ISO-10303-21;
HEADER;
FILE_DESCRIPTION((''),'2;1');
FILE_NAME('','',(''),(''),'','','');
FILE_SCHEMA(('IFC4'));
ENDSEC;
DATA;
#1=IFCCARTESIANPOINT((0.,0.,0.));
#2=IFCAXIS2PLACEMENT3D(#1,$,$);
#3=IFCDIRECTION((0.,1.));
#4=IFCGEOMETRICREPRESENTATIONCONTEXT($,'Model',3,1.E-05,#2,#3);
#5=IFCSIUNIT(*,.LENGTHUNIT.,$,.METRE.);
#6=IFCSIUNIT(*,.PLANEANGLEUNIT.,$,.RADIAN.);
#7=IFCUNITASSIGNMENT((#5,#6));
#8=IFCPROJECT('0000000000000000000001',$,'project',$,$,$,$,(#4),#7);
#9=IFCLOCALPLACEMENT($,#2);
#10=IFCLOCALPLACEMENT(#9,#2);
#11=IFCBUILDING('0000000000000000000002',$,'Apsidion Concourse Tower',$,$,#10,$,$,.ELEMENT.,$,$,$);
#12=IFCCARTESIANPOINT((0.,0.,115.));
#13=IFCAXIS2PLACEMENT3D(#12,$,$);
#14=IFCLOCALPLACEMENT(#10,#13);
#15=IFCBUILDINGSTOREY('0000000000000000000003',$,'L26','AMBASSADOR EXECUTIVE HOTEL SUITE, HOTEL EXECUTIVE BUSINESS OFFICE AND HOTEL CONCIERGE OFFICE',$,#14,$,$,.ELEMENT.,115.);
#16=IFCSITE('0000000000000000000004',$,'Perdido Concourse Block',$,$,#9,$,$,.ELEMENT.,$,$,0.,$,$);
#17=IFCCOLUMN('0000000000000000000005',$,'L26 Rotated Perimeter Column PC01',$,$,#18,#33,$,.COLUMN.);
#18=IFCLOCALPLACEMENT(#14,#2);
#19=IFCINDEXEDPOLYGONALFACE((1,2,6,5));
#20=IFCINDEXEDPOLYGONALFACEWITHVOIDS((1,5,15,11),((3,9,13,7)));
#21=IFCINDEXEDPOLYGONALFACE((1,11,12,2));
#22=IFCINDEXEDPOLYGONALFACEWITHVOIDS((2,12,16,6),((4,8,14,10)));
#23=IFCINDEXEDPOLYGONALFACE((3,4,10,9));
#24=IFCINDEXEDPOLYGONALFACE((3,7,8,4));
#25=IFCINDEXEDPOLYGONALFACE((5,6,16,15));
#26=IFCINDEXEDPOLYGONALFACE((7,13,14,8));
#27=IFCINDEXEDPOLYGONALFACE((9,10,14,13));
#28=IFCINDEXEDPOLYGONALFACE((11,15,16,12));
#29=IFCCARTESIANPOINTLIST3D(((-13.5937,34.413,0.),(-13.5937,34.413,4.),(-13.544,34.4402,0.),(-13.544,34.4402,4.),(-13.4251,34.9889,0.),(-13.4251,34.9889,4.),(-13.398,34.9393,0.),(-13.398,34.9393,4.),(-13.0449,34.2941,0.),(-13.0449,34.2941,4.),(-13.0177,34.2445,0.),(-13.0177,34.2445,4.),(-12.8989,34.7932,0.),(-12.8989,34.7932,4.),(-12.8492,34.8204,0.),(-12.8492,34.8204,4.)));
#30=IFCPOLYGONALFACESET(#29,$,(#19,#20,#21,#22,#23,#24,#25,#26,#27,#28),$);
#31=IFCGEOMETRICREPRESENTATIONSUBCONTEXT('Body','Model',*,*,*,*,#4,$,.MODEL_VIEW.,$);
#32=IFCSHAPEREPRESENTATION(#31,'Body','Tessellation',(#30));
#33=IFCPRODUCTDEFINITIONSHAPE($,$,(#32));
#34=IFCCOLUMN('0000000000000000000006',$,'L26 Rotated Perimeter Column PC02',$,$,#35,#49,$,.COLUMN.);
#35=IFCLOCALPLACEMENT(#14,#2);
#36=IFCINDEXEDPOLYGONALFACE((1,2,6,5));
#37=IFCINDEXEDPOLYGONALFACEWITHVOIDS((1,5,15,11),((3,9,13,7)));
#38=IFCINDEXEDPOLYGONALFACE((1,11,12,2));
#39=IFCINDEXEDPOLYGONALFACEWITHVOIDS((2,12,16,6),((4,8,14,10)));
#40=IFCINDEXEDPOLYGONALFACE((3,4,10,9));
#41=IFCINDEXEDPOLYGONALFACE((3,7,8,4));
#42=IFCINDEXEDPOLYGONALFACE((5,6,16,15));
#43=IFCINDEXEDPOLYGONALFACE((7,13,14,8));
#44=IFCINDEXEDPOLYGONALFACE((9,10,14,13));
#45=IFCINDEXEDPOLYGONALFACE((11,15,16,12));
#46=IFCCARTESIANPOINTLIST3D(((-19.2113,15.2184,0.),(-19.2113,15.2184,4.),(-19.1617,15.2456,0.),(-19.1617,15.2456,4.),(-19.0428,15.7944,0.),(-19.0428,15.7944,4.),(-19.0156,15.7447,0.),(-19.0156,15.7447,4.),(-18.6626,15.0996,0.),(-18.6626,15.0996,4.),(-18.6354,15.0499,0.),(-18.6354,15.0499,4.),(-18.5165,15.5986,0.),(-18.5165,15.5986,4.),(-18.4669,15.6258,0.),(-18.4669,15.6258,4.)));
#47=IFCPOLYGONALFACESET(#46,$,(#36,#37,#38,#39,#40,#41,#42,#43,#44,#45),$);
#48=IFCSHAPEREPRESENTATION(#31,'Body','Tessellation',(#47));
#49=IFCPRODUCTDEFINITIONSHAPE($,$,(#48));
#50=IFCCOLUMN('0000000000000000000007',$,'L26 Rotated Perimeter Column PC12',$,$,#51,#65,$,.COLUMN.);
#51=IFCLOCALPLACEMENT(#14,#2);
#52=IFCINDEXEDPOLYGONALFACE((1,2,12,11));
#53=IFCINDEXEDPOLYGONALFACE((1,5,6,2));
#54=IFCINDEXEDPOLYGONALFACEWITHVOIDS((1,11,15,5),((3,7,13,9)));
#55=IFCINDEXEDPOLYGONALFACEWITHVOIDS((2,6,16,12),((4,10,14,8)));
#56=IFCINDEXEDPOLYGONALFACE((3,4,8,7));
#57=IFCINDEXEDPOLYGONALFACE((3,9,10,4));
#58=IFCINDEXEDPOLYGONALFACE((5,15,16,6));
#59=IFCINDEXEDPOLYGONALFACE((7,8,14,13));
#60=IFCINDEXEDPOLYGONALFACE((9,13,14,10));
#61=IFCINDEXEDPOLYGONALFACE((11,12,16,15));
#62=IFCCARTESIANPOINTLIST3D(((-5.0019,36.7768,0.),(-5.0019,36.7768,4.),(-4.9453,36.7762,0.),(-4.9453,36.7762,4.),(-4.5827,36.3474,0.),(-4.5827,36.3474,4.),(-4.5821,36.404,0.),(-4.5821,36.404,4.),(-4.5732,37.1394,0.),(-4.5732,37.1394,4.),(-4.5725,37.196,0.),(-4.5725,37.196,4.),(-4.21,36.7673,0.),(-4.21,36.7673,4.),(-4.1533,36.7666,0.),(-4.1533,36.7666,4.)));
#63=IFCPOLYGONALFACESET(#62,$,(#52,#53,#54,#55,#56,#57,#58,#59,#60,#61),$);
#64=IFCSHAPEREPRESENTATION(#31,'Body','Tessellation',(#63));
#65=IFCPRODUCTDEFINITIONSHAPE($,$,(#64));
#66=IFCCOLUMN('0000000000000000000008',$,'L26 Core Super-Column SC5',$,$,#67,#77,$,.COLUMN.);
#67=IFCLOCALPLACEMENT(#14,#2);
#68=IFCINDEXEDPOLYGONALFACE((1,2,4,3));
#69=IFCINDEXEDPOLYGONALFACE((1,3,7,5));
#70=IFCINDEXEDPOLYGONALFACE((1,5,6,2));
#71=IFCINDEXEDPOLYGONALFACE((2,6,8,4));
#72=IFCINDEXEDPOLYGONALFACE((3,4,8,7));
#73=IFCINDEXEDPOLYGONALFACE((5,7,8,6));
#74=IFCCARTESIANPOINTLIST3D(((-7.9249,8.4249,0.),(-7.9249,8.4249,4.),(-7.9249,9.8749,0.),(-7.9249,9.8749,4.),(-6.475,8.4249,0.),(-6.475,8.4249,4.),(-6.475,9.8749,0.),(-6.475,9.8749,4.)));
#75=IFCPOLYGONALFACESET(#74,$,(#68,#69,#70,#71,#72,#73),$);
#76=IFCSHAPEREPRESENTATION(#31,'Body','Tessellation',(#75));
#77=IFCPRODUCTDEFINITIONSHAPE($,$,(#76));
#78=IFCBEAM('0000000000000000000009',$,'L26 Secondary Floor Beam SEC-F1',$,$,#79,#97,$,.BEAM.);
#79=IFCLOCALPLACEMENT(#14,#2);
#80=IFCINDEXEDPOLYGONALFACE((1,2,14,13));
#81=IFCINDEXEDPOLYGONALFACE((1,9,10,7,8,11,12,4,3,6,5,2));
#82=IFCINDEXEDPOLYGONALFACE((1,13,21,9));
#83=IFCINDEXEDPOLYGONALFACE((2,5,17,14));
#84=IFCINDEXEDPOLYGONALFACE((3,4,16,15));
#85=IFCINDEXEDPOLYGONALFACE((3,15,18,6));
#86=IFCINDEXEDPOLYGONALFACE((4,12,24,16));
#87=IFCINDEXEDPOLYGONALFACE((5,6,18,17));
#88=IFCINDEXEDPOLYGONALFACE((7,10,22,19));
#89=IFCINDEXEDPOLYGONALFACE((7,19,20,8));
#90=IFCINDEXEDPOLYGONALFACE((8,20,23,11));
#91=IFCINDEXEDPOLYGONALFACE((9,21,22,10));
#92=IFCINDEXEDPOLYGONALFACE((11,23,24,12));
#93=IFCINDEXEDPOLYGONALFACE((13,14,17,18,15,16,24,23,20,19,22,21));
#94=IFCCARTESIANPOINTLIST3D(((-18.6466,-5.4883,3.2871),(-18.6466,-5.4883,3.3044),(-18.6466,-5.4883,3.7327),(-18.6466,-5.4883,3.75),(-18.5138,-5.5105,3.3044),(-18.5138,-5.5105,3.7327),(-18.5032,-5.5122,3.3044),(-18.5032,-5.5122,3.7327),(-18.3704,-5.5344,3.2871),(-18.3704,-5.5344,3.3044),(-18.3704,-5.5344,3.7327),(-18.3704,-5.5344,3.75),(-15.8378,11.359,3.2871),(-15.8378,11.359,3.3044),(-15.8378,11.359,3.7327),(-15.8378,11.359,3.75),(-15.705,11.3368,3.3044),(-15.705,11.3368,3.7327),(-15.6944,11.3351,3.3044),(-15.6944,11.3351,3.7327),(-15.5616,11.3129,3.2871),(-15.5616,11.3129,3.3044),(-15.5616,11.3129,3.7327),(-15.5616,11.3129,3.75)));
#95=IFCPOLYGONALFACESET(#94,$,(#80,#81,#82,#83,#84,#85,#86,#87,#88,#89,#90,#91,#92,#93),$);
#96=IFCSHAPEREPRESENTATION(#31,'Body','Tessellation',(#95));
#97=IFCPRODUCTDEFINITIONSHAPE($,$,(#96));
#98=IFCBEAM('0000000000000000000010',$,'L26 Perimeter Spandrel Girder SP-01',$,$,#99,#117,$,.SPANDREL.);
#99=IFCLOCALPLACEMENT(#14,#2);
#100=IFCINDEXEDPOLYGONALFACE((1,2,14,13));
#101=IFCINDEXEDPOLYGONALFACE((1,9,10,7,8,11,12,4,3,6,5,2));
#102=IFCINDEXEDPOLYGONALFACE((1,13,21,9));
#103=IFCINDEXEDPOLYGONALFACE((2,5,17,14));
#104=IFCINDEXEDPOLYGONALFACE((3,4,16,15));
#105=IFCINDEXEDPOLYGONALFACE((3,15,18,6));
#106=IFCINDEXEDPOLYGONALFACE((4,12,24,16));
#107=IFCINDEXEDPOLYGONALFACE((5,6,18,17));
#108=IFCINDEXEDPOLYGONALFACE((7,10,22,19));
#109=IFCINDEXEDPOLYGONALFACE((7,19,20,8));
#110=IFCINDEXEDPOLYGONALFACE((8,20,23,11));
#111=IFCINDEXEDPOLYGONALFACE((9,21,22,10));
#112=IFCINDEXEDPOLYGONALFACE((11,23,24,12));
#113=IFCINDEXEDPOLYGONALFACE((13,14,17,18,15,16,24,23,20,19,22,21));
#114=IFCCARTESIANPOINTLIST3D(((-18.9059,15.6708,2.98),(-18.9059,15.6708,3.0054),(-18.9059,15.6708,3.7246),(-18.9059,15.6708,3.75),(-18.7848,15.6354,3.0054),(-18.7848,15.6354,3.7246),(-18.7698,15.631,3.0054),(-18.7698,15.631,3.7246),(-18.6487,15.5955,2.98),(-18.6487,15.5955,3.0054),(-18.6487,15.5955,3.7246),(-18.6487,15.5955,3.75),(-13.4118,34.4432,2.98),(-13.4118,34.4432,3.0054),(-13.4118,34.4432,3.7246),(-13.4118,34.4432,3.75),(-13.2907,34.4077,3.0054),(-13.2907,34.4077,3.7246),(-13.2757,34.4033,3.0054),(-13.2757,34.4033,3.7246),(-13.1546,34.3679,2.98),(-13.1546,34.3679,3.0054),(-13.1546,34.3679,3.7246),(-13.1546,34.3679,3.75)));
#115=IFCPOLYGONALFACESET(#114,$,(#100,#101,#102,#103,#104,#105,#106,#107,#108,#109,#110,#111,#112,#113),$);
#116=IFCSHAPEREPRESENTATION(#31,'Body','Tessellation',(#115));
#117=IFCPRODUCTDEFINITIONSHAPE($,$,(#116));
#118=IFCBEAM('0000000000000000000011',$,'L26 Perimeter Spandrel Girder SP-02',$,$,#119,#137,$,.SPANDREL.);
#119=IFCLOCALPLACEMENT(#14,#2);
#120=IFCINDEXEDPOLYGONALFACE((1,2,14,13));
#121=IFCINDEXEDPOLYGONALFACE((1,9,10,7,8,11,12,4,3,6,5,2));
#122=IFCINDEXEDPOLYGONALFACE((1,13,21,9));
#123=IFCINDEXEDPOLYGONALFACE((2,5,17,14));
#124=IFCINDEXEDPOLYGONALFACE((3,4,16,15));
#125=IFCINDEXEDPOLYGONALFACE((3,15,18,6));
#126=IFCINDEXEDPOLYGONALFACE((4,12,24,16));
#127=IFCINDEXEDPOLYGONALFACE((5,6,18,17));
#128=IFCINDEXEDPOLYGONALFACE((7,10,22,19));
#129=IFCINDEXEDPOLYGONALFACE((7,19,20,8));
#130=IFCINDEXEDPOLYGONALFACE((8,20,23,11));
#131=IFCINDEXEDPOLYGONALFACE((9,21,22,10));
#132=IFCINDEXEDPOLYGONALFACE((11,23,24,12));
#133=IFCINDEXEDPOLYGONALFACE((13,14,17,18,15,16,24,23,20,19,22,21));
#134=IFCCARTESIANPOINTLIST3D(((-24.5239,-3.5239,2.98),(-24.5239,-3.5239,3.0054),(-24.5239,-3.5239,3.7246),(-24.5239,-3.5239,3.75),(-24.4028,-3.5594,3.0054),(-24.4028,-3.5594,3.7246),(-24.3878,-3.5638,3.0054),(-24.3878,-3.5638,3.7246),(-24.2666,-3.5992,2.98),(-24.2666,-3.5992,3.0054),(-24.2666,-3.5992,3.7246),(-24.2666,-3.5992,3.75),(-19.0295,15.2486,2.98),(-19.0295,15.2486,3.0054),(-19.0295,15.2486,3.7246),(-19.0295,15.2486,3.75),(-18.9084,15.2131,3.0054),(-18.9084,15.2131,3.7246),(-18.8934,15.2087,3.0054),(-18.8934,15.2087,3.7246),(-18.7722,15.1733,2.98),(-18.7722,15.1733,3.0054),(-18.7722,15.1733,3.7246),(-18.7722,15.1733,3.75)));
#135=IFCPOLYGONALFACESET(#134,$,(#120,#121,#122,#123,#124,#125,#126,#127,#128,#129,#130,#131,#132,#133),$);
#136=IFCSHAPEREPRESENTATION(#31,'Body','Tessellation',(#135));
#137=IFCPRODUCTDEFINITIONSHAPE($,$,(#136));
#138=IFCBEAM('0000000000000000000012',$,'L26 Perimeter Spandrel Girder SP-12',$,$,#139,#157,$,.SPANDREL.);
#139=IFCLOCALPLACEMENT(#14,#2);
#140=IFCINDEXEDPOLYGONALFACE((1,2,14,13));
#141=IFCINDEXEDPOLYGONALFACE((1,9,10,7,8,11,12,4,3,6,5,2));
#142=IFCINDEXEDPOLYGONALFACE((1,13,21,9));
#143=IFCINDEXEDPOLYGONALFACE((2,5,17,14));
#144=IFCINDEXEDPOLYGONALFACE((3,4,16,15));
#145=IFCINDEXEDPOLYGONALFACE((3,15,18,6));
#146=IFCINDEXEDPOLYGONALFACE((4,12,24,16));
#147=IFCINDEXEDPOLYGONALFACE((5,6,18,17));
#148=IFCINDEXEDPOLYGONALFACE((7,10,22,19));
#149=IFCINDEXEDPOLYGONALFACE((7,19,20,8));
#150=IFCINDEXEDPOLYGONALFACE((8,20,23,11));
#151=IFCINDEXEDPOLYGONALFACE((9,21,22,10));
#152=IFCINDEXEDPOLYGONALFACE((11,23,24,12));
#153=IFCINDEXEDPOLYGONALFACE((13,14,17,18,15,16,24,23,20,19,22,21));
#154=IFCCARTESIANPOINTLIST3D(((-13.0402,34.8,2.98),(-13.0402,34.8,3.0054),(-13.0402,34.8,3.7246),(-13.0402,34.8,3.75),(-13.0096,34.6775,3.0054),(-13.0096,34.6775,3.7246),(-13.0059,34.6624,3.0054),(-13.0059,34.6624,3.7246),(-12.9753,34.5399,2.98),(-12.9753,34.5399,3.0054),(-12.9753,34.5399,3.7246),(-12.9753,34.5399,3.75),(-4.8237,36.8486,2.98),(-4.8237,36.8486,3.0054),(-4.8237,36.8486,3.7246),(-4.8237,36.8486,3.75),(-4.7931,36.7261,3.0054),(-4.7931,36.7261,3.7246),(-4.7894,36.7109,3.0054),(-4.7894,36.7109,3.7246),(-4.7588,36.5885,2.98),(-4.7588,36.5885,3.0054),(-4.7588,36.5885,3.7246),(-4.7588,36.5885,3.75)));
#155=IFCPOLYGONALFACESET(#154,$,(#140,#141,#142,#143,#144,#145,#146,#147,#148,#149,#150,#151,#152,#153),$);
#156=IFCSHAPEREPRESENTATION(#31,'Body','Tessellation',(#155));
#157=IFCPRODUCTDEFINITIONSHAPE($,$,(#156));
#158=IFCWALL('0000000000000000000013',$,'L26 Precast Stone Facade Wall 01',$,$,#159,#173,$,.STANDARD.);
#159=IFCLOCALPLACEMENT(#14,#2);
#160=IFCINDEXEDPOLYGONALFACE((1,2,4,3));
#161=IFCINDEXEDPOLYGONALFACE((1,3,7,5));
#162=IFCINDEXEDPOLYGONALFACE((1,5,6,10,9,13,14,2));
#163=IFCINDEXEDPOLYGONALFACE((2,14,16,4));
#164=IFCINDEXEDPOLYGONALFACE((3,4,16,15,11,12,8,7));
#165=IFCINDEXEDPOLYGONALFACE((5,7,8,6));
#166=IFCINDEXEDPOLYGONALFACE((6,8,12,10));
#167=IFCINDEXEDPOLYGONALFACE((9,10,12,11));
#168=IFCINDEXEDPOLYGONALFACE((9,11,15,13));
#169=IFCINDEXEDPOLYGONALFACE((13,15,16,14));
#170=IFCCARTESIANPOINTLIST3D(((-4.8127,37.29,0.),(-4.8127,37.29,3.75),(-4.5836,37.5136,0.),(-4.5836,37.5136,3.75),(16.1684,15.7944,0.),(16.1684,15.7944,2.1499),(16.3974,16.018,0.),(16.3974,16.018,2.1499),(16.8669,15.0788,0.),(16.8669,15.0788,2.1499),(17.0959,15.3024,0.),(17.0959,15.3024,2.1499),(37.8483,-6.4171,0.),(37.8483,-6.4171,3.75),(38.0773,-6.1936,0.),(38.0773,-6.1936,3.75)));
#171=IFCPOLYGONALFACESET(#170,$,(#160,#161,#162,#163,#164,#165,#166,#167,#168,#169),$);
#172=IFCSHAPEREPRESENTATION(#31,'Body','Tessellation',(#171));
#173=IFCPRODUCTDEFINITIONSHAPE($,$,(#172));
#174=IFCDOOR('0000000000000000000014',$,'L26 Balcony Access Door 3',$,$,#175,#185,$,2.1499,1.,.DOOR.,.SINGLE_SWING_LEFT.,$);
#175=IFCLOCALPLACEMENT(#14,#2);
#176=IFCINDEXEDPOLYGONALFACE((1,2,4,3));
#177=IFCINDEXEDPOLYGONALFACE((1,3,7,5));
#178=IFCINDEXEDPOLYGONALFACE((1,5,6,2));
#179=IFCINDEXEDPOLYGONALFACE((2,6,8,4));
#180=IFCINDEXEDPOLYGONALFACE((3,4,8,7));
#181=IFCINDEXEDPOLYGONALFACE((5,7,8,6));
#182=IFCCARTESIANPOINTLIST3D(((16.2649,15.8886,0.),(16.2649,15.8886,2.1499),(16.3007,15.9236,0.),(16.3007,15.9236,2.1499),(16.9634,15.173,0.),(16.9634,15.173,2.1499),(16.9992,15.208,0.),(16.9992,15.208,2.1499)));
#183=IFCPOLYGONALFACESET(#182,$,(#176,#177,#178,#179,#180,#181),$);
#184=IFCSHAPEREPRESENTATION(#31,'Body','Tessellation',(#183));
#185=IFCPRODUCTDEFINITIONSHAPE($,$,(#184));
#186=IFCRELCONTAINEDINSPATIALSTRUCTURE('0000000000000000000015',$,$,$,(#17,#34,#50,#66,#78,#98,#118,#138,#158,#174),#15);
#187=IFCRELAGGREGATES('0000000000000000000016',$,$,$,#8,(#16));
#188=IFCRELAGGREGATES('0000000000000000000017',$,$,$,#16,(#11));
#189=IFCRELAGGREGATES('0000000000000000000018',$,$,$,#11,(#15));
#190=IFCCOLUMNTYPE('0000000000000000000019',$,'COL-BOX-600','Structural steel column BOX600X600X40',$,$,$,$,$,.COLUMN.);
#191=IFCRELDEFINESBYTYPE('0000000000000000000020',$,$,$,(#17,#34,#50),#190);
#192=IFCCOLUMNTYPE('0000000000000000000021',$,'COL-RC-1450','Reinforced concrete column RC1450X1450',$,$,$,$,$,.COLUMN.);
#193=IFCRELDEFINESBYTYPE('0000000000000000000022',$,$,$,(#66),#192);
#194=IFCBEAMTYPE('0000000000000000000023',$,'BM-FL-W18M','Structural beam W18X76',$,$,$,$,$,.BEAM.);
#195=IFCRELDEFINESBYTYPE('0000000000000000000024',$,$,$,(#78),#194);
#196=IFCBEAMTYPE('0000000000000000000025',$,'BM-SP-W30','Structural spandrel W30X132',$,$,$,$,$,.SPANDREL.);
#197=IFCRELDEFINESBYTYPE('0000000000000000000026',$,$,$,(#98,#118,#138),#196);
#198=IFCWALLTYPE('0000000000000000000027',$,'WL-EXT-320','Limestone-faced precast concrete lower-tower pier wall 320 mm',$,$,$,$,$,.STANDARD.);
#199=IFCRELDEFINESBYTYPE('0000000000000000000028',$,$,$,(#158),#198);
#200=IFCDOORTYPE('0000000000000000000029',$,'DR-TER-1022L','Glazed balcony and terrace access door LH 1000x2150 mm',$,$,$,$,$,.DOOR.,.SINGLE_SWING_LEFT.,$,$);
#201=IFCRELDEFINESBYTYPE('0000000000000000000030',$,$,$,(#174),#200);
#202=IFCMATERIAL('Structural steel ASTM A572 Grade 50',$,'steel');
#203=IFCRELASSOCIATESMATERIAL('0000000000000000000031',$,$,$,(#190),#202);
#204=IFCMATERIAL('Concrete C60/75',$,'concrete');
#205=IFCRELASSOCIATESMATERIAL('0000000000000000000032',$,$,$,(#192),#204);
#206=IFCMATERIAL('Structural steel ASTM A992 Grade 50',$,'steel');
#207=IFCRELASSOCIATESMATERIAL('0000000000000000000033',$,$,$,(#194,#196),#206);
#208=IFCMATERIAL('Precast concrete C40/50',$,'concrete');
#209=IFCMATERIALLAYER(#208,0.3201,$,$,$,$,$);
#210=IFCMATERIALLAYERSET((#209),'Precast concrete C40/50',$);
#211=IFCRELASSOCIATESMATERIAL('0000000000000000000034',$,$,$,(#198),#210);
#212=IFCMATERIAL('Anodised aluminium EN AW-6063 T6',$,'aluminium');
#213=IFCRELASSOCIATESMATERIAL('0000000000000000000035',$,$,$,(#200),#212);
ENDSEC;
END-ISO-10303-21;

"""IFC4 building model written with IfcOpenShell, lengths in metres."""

from ifc_helpers import new_model, si_unit, direction, frame, frame_2d, origin, origin_2d, place, context, subcontext, project, spatial, rectangle, hollow_rectangle, i_section, extrude, material, layer, layer_set, material_profile, profile_set, type_object, element, fill, save


model = new_model("IFC4")

# Units and contexts
model_context = context("Model", 3, precision=1e-05, world=origin(), true_north=direction((0.0, 1.0)))
body_context = subcontext(model_context, "Body", "Model", "MODEL_VIEW")
ifc_project = project(units=[si_unit("LENGTHUNIT", "METRE"), si_unit("PLANEANGLEUNIT", "RADIAN")], contexts=[model_context])

# Site, building, storey
site_placement = place(None, origin())
site = spatial("IfcSite", under=ifc_project, at=site_placement, Name="Perdido Concourse Block", CompositionType="ELEMENT", RefElevation=0.0)
building_placement = place(site_placement, origin())
building = spatial("IfcBuilding", under=site, at=building_placement, Name="Apsidion Concourse Tower", CompositionType="ELEMENT")
storey_placement = place(building_placement, frame((0.0, 0.0, 115.0)))
storey = spatial("IfcBuildingStorey", under=building, at=storey_placement, Name="L26", Description="AMBASSADOR EXECUTIVE HOTEL SUITE, HOTEL EXECUTIVE BUSINESS OFFICE AND HOTEL CONCIERGE OFFICE", CompositionType="ELEMENT", Elevation=115.0)

# Columns
ifc_material_1 = material(Name="Structural steel ASTM A572 Grade 50", Category="steel")
ifc_material_profile_1 = material_profile(ifc_material_1, hollow_rectangle(XDim=0.6001, YDim=0.6001, WallThickness=0.04, at=origin_2d()), Name="BOX600X600X40")
ifc_profile_set_1 = profile_set([ifc_material_profile_1], Name="Structural steel ASTM A572 Grade 50")
column_type_1 = type_object("IfcColumnType", Name="COL-BOX-600", Description="Structural steel column BOX600X600X40", PredefinedType="COLUMN", material=ifc_profile_set_1)
for number, where, z_axis, x_axis, name in (
    (1, (-13.2214, 34.6167, 0.0), (0.0, 0.0, 1.0), (0.280834, 0.959756, 0.0), "L26 Rotated Perimeter Column PC01"),
    (2, (-18.8391, 15.4221, 0.0), (0.0, 0.0, 1.0), (0.280834, 0.959756, 0.0), "L26 Rotated Perimeter Column PC02"),
    (3, (-4.5776, 36.7717, 0.0), (0.0, 0.0, 1.0), (-0.69854, 0.715571, 0.0), "L26 Rotated Perimeter Column PC12"),
):
    element("IfcColumn", number, at=place(storey_placement, frame(where, z_axis=z_axis, x_axis=x_axis)), inside=storey, type_object=column_type_1, Name=name, PredefinedType="COLUMN", context=body_context, shape_type="SweptSolid", body=[
        extrude(hollow_rectangle(XDim=0.6001, YDim=0.6001, WallThickness=0.04, at=origin_2d()), origin(), (0.0, 0.0, 1.0), 4.0),
    ])
ifc_material_2 = material(Name="Concrete C60/75", Category="concrete")
ifc_material_profile_2 = material_profile(ifc_material_2, rectangle(XDim=1.45, YDim=1.45, at=origin_2d()), Name="RC 1450x1450")
ifc_profile_set_2 = profile_set([ifc_material_profile_2], Name="Concrete C60/75")
column_type_2 = type_object("IfcColumnType", Name="COL-RC-1450", Description="Reinforced concrete column RC1450X1450", PredefinedType="COLUMN", material=ifc_profile_set_2)
column_placement = place(storey_placement, frame((-7.2, 9.1499, 0.0), z_axis=(0.0, 0.0, 1.0), x_axis=(1.0, 0.0, 0.0)))
element("IfcColumn", 4, at=column_placement, inside=storey, type_object=column_type_2, Name="L26 Core Super-Column SC5", PredefinedType="COLUMN", context=body_context, shape_type="SweptSolid", body=[
    extrude(rectangle(XDim=1.45, YDim=1.45, at=origin_2d()), origin(), (0.0, 0.0, 1.0), 4.0),
])

# Beams
ifc_material_3 = material(Name="Structural steel ASTM A992 Grade 50", Category="steel")
ifc_material_profile_3 = material_profile(ifc_material_3, i_section(OverallWidth=0.28, OverallDepth=0.4629, WebThickness=0.0107, FlangeThickness=0.0173, at=origin_2d()), Name="W18X76")
ifc_profile_set_3 = profile_set([ifc_material_profile_3], Name="Structural steel ASTM A992 Grade 50")
beam_type_1 = type_object("IfcBeamType", Name="BM-FL-W18M", Description="Structural beam W18X76", PredefinedType="BEAM", material=ifc_profile_set_3)
beam_1_placement = place(storey_placement, frame((-15.6997, 11.3359, 3.5186), z_axis=(-0.164452, -0.986385, 0.0), x_axis=(0.986385, -0.164452, 0.0)))
element("IfcBeam", 5, at=beam_1_placement, inside=storey, type_object=beam_type_1, Name="L26 Secondary Floor Beam SEC-F1", PredefinedType="BEAM", context=body_context, shape_type="SweptSolid", body=[
    extrude(i_section(OverallWidth=0.28, OverallDepth=0.4629, WebThickness=0.0107, FlangeThickness=0.0173, at=origin_2d()), origin(), (0.0, 0.0, 1.0), 17.0798),
])
ifc_material_profile_4 = material_profile(ifc_material_3, i_section(OverallWidth=0.2681, OverallDepth=0.77, WebThickness=0.0156, FlangeThickness=0.0254, at=origin_2d()), Name="W30X132")
ifc_profile_set_4 = profile_set([ifc_material_profile_4], Name="Structural steel ASTM A992 Grade 50")
beam_type_2 = type_object("IfcBeamType", Name="BM-SP-W30", Description="Structural spandrel W30X132", PredefinedType="SPANDREL", material=ifc_profile_set_4)
beam_2_placement = place(storey_placement, frame((-13.2832, 34.4055, 3.365), z_axis=(-0.280888, -0.959741, 0.0), x_axis=(0.959741, -0.280888, 0.0)))
element("IfcBeam", 6, at=beam_2_placement, inside=storey, type_object=beam_type_2, Name="L26 Perimeter Spandrel Girder SP-01", PredefinedType="SPANDREL", context=body_context, shape_type="SweptSolid", body=[
    extrude(i_section(OverallWidth=0.2681, OverallDepth=0.77, WebThickness=0.0156, FlangeThickness=0.0254, at=origin_2d()), origin(), (0.0, 0.0, 1.0), 19.5598),
])
beam_3_placement = place(storey_placement, frame((-18.9009, 15.2109, 3.365), z_axis=(-0.280899, -0.959737, 0.0), x_axis=(0.959737, -0.280899, 0.0)))
element("IfcBeam", 7, at=beam_3_placement, inside=storey, type_object=beam_type_2, Name="L26 Perimeter Spandrel Girder SP-02", PredefinedType="SPANDREL", context=body_context, shape_type="SweptSolid", body=[
    extrude(i_section(OverallWidth=0.2681, OverallDepth=0.77, WebThickness=0.0156, FlangeThickness=0.0254, at=origin_2d()), origin(), (0.0, 0.0, 1.0), 19.5601),
])
beam_4_placement = place(storey_placement, frame((-4.7913, 36.7185, 3.365), z_axis=(-0.970297, -0.241918, 0.0), x_axis=(0.241918, -0.970297, 0.0)))
element("IfcBeam", 8, at=beam_4_placement, inside=storey, type_object=beam_type_2, Name="L26 Perimeter Spandrel Girder SP-12", PredefinedType="SPANDREL", context=body_context, shape_type="SweptSolid", body=[
    extrude(i_section(OverallWidth=0.2681, OverallDepth=0.77, WebThickness=0.0156, FlangeThickness=0.0254, at=origin_2d()), origin(), (0.0, 0.0, 1.0), 8.468),
])

# Wall, opening, door
ifc_material_4 = material(Name="Precast concrete C40/50", Category="concrete")
ifc_layer_1 = layer(ifc_material_4, 0.3201)
ifc_layer_set_1 = layer_set([ifc_layer_1], Name="Precast concrete C40/50")
wall_type_1 = type_object("IfcWallType", Name="WL-EXT-320", Description="Limestone-faced precast concrete lower-tower pier wall 320 mm", PredefinedType="STANDARD", material=ifc_layer_set_1)
wall_1_placement = place(storey_placement, frame((-4.6982, 37.4019, 0.0), z_axis=(0.0, 0.0, 1.0), x_axis=(0.698491, -0.715619, 0.0)))
wall_1 = element("IfcWall", 9, at=wall_1_placement, inside=storey, type_object=wall_type_1, Name="L26 Precast Stone Facade Wall 01", PredefinedType="STANDARD", context=body_context, shape_type="SweptSolid", body=[
    extrude(rectangle(XDim=61.0759, YDim=0.3201, at=frame_2d((30.5381, 0.0))), origin(), (0.0, 0.0, 1.0), 3.75),
])
opening_1_placement = place(wall_1_placement, frame((30.0378, 0.0, 0.0)))
opening_1 = element("IfcOpeningElement", 10, at=opening_1_placement, cuts=wall_1, PredefinedType="OPENING", context=body_context, shape_type="SweptSolid", body=[
    extrude(rectangle(XDim=1.0, YDim=2.1499, at=frame_2d((0.5, 1.075))), frame((0.0, 0.1699, 0.0), z_axis=(0.0, -1.0, 0.0), x_axis=(1.0, 0.0, 0.0)), (0.0, 0.0, 1.0), 0.3401),
])
ifc_material_5 = material(Name="Anodised aluminium EN AW-6063 T6", Category="aluminium")
door_type_1 = type_object("IfcDoorType", Name="DR-TER-1022L", Description="Glazed balcony and terrace access door LH 1000x2150 mm", OperationType="SINGLE_SWING_LEFT", PredefinedType="DOOR", material=ifc_material_5)
door_1_placement = place(opening_1_placement, origin())
door_1 = element("IfcDoor", 11, at=door_1_placement, inside=storey, type_object=door_type_1, Name="L26 Balcony Access Door 3", OperationType="SINGLE_SWING_LEFT", OverallHeight=2.1499, OverallWidth=1.0, PredefinedType="DOOR", context=body_context, shape_type="SweptSolid", body=[
    extrude(rectangle(XDim=1.0, YDim=2.1499, at=frame_2d((0.5, 1.075))), frame((0.0, 0.0249, 0.0), z_axis=(0.0, -1.0, 0.0), x_axis=(1.0, 0.0, 0.0)), (0.0, 0.0, 1.0), 0.05),
])
fill(opening_1, door_1)

save(model, "model.ifc")
